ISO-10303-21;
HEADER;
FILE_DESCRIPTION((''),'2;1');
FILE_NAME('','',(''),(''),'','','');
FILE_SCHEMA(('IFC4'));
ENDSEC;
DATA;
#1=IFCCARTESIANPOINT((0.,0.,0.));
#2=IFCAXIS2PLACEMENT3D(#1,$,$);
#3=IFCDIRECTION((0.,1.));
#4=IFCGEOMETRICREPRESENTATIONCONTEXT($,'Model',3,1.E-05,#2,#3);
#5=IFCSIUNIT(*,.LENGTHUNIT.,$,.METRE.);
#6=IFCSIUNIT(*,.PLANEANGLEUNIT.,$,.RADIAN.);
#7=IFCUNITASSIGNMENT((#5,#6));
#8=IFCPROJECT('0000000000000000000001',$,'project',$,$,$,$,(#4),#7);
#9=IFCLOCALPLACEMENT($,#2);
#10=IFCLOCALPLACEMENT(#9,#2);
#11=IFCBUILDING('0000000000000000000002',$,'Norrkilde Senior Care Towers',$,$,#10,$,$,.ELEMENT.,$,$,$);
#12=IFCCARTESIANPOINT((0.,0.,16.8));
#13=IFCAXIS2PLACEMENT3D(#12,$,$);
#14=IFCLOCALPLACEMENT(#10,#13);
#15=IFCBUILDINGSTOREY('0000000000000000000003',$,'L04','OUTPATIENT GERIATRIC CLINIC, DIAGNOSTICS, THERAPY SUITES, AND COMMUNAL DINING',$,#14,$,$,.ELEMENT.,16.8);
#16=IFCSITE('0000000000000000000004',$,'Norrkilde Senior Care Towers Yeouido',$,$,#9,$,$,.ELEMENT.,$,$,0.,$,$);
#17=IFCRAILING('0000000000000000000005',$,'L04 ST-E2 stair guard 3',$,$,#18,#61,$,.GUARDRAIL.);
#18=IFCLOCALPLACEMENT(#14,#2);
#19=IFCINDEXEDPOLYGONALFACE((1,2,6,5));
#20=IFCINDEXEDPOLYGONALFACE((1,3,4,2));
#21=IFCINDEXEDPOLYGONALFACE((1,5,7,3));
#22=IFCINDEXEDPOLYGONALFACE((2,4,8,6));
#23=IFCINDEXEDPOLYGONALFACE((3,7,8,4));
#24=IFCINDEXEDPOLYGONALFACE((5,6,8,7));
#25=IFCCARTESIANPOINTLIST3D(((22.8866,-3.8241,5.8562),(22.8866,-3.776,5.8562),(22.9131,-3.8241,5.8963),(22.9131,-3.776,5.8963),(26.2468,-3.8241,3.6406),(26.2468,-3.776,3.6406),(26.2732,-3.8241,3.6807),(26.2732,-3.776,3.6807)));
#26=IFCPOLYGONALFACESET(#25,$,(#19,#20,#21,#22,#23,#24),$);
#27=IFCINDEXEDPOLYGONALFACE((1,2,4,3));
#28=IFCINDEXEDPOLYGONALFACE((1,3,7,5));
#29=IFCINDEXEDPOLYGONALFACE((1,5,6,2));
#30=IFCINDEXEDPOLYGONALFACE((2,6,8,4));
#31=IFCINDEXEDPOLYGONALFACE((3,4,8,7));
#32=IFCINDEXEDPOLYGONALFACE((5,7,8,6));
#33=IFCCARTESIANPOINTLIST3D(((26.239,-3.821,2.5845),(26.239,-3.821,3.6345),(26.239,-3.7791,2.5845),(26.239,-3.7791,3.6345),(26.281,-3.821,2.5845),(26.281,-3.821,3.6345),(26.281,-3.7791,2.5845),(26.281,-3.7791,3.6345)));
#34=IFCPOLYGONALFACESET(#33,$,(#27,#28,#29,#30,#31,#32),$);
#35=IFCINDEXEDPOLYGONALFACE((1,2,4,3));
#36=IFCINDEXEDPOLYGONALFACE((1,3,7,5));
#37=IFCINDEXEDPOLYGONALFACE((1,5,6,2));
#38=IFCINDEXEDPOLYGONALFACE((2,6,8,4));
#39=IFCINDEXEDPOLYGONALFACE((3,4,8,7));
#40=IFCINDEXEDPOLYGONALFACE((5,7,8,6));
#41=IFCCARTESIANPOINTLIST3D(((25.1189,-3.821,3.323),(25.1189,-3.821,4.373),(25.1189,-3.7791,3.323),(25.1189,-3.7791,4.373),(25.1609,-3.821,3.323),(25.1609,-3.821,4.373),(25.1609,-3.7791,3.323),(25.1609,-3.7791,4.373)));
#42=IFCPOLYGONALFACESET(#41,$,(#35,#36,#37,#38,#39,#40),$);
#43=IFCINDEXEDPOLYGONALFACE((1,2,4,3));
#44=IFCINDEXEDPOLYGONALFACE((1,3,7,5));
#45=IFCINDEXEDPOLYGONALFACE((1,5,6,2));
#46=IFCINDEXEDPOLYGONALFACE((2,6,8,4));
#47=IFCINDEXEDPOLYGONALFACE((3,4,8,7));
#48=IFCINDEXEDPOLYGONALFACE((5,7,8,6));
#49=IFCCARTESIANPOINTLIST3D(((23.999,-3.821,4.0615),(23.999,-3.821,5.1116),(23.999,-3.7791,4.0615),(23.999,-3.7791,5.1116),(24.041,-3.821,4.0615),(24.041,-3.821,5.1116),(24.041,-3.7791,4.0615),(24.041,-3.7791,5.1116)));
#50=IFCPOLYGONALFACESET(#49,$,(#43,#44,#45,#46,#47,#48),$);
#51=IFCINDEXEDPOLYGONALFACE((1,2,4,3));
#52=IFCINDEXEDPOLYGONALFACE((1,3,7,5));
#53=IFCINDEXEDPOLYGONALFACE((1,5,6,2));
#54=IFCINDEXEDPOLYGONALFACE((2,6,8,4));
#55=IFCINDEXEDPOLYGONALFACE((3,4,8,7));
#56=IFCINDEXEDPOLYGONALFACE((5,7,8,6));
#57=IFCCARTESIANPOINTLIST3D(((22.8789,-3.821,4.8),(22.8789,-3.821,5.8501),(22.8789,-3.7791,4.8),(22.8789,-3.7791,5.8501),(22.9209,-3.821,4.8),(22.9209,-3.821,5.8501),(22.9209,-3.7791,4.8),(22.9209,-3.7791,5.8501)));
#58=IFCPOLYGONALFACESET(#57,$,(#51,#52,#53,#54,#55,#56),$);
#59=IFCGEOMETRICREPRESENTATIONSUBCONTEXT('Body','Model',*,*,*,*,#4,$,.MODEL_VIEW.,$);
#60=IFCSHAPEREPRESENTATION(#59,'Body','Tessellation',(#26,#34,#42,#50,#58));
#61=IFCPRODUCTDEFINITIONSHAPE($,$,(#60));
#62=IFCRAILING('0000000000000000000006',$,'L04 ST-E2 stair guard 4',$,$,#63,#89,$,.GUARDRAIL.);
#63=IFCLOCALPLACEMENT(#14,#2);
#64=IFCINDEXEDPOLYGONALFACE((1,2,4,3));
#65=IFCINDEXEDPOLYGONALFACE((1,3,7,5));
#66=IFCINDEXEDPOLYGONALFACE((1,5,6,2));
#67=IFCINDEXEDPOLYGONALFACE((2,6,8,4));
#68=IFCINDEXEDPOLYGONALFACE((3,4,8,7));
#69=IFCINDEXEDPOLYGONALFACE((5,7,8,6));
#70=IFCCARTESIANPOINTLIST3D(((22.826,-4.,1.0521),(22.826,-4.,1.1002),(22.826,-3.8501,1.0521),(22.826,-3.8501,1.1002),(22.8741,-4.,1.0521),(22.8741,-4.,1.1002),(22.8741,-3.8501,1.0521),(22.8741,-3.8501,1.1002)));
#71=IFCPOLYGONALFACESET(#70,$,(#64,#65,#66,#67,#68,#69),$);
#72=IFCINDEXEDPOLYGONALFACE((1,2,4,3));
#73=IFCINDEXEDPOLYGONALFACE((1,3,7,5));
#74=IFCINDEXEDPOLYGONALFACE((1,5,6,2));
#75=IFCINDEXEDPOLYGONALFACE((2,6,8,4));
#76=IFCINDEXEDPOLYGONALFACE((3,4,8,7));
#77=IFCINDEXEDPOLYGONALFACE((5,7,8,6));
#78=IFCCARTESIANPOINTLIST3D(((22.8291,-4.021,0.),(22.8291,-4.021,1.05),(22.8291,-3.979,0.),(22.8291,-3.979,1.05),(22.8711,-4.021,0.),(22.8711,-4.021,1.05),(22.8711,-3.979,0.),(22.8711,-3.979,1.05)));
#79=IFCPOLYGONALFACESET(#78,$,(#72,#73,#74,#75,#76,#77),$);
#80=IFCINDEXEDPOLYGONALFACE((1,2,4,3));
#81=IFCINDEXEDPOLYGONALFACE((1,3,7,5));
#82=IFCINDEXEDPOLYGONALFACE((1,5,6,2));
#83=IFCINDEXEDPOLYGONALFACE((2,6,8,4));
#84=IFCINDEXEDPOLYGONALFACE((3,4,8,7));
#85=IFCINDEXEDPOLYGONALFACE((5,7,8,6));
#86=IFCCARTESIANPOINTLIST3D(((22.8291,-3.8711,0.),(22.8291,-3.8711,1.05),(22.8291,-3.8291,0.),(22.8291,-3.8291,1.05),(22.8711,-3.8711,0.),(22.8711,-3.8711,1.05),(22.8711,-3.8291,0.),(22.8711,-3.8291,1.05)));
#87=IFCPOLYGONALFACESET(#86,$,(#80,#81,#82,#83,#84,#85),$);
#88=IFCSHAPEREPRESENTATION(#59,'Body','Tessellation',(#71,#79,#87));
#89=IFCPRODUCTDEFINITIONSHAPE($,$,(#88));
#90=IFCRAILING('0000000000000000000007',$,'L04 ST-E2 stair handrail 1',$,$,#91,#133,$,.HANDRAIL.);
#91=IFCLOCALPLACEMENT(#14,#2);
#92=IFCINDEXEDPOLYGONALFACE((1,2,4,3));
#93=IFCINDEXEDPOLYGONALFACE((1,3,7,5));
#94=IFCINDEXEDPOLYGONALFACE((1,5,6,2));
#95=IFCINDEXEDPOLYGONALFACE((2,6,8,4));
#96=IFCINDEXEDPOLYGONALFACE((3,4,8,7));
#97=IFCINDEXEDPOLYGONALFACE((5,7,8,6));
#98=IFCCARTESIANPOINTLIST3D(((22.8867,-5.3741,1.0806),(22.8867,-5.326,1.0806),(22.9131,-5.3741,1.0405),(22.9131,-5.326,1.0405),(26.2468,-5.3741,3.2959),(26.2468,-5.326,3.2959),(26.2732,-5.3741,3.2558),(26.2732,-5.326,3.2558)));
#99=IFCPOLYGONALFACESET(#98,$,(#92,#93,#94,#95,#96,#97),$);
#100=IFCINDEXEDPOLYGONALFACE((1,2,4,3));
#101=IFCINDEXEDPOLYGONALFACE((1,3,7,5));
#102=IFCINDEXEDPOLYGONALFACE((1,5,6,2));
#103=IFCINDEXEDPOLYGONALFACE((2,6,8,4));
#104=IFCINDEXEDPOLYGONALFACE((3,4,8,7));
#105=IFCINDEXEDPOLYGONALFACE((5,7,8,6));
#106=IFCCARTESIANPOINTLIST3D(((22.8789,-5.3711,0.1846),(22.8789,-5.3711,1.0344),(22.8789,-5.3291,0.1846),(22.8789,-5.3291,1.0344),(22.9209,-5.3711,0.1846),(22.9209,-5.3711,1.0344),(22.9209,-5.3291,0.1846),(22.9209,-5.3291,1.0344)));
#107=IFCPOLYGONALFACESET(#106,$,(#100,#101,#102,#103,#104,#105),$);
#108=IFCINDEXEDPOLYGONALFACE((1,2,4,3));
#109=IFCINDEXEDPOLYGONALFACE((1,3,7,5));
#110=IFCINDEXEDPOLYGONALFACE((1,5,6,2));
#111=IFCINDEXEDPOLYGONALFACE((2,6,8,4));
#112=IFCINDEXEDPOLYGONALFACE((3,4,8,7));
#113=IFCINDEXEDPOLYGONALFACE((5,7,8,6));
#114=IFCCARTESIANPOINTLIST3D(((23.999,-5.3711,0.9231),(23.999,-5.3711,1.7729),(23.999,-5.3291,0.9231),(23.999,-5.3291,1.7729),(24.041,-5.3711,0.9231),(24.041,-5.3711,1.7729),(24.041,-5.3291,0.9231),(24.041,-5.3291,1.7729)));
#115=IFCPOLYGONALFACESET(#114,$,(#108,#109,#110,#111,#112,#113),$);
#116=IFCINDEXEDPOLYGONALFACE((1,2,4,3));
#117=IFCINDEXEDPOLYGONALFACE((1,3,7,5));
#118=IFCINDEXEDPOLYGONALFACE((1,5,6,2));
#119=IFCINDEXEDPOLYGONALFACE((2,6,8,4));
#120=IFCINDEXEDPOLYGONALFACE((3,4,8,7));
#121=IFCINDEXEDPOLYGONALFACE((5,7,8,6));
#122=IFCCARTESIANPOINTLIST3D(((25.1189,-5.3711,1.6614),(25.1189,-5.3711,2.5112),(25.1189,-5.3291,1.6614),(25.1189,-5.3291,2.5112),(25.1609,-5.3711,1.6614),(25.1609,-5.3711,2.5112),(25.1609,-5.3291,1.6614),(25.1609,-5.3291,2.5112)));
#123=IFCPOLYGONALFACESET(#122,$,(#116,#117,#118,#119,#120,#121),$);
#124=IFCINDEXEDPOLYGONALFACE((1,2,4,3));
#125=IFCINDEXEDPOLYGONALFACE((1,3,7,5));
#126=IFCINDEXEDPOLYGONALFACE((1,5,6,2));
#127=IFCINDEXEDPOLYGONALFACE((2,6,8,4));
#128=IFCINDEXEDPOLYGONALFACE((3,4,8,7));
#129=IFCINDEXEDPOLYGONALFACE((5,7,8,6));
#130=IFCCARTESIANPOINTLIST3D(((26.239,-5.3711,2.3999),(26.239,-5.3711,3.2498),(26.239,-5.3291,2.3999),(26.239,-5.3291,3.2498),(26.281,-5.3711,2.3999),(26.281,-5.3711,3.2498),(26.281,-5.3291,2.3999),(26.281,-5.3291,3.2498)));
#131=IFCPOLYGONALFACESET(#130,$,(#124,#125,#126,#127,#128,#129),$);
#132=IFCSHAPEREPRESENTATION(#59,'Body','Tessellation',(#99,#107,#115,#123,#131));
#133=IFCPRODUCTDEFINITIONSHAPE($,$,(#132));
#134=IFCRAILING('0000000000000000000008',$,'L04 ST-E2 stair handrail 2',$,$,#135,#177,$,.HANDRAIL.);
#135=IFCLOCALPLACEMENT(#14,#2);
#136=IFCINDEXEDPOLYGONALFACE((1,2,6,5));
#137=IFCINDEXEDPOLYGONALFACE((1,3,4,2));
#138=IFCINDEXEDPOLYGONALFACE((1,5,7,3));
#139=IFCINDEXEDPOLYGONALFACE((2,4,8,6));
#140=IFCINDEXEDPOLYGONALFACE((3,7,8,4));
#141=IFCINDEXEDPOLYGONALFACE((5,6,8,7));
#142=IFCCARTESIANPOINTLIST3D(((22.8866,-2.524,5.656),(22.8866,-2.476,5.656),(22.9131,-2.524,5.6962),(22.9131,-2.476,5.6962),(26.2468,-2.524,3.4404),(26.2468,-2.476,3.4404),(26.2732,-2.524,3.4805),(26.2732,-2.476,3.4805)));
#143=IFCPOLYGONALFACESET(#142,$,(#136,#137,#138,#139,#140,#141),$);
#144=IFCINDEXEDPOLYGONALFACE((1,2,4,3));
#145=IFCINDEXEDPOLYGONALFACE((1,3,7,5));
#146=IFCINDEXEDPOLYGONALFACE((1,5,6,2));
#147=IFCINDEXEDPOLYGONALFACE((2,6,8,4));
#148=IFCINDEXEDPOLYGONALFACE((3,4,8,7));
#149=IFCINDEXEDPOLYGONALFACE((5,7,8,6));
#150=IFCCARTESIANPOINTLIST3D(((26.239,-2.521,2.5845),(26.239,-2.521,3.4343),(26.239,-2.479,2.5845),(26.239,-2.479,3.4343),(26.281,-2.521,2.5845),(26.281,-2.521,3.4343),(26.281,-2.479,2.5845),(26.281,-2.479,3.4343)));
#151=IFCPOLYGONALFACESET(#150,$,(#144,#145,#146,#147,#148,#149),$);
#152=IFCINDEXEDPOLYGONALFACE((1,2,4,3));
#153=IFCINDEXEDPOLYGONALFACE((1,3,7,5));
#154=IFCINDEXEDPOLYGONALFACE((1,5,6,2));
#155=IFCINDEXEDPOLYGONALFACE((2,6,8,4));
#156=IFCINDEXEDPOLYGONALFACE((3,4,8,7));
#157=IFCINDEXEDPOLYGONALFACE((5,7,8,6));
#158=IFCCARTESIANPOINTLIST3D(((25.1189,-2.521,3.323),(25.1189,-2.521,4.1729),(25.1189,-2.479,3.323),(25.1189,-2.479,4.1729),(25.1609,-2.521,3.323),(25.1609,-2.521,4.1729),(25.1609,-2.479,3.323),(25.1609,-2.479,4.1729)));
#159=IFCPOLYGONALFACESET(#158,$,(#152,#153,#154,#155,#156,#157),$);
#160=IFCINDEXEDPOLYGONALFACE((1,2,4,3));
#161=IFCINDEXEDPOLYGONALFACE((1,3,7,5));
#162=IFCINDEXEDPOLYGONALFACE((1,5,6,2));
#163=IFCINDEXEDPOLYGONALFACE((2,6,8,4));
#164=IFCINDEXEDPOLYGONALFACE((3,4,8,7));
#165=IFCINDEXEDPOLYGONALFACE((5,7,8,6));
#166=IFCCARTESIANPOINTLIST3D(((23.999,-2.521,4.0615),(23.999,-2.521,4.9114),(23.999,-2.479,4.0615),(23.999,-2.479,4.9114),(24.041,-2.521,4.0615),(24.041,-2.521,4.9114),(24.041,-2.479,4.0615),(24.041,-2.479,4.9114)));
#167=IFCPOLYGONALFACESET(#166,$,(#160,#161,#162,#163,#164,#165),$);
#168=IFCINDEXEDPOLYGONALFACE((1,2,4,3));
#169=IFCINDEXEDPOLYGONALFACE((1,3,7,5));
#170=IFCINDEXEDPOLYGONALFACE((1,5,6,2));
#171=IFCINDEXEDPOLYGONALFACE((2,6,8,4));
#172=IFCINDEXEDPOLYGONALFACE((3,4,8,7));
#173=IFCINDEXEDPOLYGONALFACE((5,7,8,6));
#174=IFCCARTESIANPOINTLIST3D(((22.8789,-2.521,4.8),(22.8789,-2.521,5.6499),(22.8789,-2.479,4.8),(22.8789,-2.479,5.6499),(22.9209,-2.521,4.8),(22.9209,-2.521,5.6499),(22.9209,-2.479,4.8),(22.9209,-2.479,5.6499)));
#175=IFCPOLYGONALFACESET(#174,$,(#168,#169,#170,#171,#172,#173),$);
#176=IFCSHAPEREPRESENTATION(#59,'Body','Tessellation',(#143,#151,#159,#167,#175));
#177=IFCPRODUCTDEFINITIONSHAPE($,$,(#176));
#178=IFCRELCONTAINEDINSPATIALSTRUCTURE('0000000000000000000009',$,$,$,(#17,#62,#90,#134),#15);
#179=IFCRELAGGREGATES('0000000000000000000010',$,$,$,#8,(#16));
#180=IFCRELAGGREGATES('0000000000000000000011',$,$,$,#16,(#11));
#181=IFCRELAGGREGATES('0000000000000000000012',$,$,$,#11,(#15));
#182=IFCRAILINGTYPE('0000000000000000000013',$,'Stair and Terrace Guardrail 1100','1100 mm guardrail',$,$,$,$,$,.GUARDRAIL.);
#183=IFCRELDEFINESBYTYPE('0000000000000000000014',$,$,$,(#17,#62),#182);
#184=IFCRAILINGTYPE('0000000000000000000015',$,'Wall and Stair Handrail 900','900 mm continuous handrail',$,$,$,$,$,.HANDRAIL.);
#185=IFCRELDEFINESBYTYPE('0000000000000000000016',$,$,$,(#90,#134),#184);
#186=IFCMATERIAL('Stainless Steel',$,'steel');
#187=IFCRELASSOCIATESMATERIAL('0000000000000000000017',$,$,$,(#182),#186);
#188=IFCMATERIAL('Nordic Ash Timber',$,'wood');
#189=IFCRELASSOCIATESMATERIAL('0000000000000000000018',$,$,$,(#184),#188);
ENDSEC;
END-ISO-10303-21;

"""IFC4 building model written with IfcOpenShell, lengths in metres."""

from ifc_helpers import new_model, si_unit, direction, frame, origin, origin_2d, place, context, subcontext, project, spatial, rectangle, extrude, material, type_object, element, save


model = new_model("IFC4")

# Units and contexts
model_context = context("Model", 3, precision=1e-05, world=origin(), true_north=direction((0.0, 1.0)))
body_context = subcontext(model_context, "Body", "Model", "MODEL_VIEW")
ifc_project = project(units=[si_unit("LENGTHUNIT", "METRE"), si_unit("PLANEANGLEUNIT", "RADIAN")], contexts=[model_context])

# Site, building, storey
site_placement = place(None, origin())
site = spatial("IfcSite", under=ifc_project, at=site_placement, Name="Norrkilde Senior Care Towers Yeouido", CompositionType="ELEMENT", RefElevation=0.0)
building_placement = place(site_placement, origin())
building = spatial("IfcBuilding", under=site, at=building_placement, Name="Norrkilde Senior Care Towers", CompositionType="ELEMENT")
storey_placement = place(building_placement, frame((0.0, 0.0, 16.8)))
storey = spatial("IfcBuildingStorey", under=building, at=storey_placement, Name="L04", Description="OUTPATIENT GERIATRIC CLINIC, DIAGNOSTICS, THERAPY SUITES, AND COMMUNAL DINING", CompositionType="ELEMENT", Elevation=16.8)

# Railings
ifc_material_1 = material(Name="Stainless Steel", Category="steel")
railing_type_1 = type_object("IfcRailingType", Name="Stair and Terrace Guardrail 1100", Description="1100 mm guardrail", PredefinedType="GUARDRAIL", material=ifc_material_1)
railing_1_placement = place(storey_placement, frame((26.26, -3.8, 2.5845)))
element("IfcRailing", 1, at=railing_1_placement, inside=storey, type_object=railing_type_1, Name="L04 ST-E2 stair guard 3", PredefinedType="GUARDRAIL", context=body_context, shape_type="SweptSolid", body=[
    extrude(rectangle(XDim=0.0481, YDim=0.0481, at=origin_2d()), frame((0.0, 0.0, 1.0762), z_axis=(-0.834849, 0.0, 0.55048), x_axis=(0.0, -1.0, 0.0)), (0.0, 0.0, 1.0), 4.0249),
    extrude(rectangle(XDim=0.042, YDim=0.042, at=origin_2d()), origin(), (0.0, 0.0, 1.0), 1.05),
    extrude(rectangle(XDim=0.042, YDim=0.042, at=origin_2d()), frame((-1.1201, 0.0, 0.7385)), (0.0, 0.0, 1.0), 1.05),
    extrude(rectangle(XDim=0.042, YDim=0.042, at=origin_2d()), frame((-2.24, 0.0, 1.4771)), (0.0, 0.0, 1.0), 1.05),
    extrude(rectangle(XDim=0.042, YDim=0.042, at=origin_2d()), frame((-3.3601, 0.0, 2.2156)), (0.0, 0.0, 1.0), 1.05),
])
railing_2_placement = place(storey_placement, frame((22.8501, -4.0, 0.0)))
element("IfcRailing", 2, at=railing_2_placement, inside=storey, type_object=railing_type_1, Name="L04 ST-E2 stair guard 4", PredefinedType="GUARDRAIL", context=body_context, shape_type="SweptSolid", body=[
    extrude(rectangle(XDim=0.0481, YDim=0.0481, at=origin_2d()), frame((0.0, 0.0, 1.0762), z_axis=(0.0, 1.0, 0.0), x_axis=(-1.0, 0.0, 0.0)), (0.0, 0.0, 1.0), 0.1499),
    extrude(rectangle(XDim=0.042, YDim=0.042, at=origin_2d()), origin(), (0.0, 0.0, 1.0), 1.05),
    extrude(rectangle(XDim=0.042, YDim=0.042, at=origin_2d()), frame((0.0, 0.1499, 0.0)), (0.0, 0.0, 1.0), 1.05),
])
ifc_material_2 = material(Name="Nordic Ash Timber", Category="wood")
railing_type_2 = type_object("IfcRailingType", Name="Wall and Stair Handrail 900", Description="900 mm continuous handrail", PredefinedType="HANDRAIL", material=ifc_material_2)
railing_3_placement = place(storey_placement, frame((22.8999, -5.3501, 0.1846)))
element("IfcRailing", 3, at=railing_3_placement, inside=storey, type_object=railing_type_2, Name="L04 ST-E2 stair handrail 1", PredefinedType="HANDRAIL", context=body_context, shape_type="SweptSolid", body=[
    extrude(rectangle(XDim=0.0481, YDim=0.0481, at=origin_2d()), frame((0.0, 0.0, 0.876), z_axis=(0.834876, 0.0, 0.550437), x_axis=(0.0, 1.0, 0.0)), (0.0, 0.0, 1.0), 4.0247),
    extrude(rectangle(XDim=0.042, YDim=0.042, at=origin_2d()), origin(), (0.0, 0.0, 1.0), 0.8499),
    extrude(rectangle(XDim=0.042, YDim=0.042, at=origin_2d()), frame((1.1201, 0.0, 0.7385)), (0.0, 0.0, 1.0), 0.8499),
    extrude(rectangle(XDim=0.042, YDim=0.042, at=origin_2d()), frame((2.24, 0.0, 1.4768)), (0.0, 0.0, 1.0), 0.8499),
    extrude(rectangle(XDim=0.042, YDim=0.042, at=origin_2d()), frame((3.3601, 0.0, 2.2153)), (0.0, 0.0, 1.0), 0.8499),
])
railing_4_placement = place(storey_placement, frame((26.26, -2.5, 2.5845)))
element("IfcRailing", 4, at=railing_4_placement, inside=storey, type_object=railing_type_2, Name="L04 ST-E2 stair handrail 2", PredefinedType="HANDRAIL", context=body_context, shape_type="SweptSolid", body=[
    extrude(rectangle(XDim=0.0481, YDim=0.0481, at=origin_2d()), frame((0.0, 0.0, 0.876), z_axis=(-0.834849, 0.0, 0.55048), x_axis=(0.0, -1.0, 0.0)), (0.0, 0.0, 1.0), 4.0249),
    extrude(rectangle(XDim=0.042, YDim=0.042, at=origin_2d()), origin(), (0.0, 0.0, 1.0), 0.8499),
    extrude(rectangle(XDim=0.042, YDim=0.042, at=origin_2d()), frame((-1.1201, 0.0, 0.7385)), (0.0, 0.0, 1.0), 0.8499),
    extrude(rectangle(XDim=0.042, YDim=0.042, at=origin_2d()), frame((-2.24, 0.0, 1.4771)), (0.0, 0.0, 1.0), 0.8499),
    extrude(rectangle(XDim=0.042, YDim=0.042, at=origin_2d()), frame((-3.3601, 0.0, 2.2156)), (0.0, 0.0, 1.0), 0.8499),
])

save(model, "model.ifc")
